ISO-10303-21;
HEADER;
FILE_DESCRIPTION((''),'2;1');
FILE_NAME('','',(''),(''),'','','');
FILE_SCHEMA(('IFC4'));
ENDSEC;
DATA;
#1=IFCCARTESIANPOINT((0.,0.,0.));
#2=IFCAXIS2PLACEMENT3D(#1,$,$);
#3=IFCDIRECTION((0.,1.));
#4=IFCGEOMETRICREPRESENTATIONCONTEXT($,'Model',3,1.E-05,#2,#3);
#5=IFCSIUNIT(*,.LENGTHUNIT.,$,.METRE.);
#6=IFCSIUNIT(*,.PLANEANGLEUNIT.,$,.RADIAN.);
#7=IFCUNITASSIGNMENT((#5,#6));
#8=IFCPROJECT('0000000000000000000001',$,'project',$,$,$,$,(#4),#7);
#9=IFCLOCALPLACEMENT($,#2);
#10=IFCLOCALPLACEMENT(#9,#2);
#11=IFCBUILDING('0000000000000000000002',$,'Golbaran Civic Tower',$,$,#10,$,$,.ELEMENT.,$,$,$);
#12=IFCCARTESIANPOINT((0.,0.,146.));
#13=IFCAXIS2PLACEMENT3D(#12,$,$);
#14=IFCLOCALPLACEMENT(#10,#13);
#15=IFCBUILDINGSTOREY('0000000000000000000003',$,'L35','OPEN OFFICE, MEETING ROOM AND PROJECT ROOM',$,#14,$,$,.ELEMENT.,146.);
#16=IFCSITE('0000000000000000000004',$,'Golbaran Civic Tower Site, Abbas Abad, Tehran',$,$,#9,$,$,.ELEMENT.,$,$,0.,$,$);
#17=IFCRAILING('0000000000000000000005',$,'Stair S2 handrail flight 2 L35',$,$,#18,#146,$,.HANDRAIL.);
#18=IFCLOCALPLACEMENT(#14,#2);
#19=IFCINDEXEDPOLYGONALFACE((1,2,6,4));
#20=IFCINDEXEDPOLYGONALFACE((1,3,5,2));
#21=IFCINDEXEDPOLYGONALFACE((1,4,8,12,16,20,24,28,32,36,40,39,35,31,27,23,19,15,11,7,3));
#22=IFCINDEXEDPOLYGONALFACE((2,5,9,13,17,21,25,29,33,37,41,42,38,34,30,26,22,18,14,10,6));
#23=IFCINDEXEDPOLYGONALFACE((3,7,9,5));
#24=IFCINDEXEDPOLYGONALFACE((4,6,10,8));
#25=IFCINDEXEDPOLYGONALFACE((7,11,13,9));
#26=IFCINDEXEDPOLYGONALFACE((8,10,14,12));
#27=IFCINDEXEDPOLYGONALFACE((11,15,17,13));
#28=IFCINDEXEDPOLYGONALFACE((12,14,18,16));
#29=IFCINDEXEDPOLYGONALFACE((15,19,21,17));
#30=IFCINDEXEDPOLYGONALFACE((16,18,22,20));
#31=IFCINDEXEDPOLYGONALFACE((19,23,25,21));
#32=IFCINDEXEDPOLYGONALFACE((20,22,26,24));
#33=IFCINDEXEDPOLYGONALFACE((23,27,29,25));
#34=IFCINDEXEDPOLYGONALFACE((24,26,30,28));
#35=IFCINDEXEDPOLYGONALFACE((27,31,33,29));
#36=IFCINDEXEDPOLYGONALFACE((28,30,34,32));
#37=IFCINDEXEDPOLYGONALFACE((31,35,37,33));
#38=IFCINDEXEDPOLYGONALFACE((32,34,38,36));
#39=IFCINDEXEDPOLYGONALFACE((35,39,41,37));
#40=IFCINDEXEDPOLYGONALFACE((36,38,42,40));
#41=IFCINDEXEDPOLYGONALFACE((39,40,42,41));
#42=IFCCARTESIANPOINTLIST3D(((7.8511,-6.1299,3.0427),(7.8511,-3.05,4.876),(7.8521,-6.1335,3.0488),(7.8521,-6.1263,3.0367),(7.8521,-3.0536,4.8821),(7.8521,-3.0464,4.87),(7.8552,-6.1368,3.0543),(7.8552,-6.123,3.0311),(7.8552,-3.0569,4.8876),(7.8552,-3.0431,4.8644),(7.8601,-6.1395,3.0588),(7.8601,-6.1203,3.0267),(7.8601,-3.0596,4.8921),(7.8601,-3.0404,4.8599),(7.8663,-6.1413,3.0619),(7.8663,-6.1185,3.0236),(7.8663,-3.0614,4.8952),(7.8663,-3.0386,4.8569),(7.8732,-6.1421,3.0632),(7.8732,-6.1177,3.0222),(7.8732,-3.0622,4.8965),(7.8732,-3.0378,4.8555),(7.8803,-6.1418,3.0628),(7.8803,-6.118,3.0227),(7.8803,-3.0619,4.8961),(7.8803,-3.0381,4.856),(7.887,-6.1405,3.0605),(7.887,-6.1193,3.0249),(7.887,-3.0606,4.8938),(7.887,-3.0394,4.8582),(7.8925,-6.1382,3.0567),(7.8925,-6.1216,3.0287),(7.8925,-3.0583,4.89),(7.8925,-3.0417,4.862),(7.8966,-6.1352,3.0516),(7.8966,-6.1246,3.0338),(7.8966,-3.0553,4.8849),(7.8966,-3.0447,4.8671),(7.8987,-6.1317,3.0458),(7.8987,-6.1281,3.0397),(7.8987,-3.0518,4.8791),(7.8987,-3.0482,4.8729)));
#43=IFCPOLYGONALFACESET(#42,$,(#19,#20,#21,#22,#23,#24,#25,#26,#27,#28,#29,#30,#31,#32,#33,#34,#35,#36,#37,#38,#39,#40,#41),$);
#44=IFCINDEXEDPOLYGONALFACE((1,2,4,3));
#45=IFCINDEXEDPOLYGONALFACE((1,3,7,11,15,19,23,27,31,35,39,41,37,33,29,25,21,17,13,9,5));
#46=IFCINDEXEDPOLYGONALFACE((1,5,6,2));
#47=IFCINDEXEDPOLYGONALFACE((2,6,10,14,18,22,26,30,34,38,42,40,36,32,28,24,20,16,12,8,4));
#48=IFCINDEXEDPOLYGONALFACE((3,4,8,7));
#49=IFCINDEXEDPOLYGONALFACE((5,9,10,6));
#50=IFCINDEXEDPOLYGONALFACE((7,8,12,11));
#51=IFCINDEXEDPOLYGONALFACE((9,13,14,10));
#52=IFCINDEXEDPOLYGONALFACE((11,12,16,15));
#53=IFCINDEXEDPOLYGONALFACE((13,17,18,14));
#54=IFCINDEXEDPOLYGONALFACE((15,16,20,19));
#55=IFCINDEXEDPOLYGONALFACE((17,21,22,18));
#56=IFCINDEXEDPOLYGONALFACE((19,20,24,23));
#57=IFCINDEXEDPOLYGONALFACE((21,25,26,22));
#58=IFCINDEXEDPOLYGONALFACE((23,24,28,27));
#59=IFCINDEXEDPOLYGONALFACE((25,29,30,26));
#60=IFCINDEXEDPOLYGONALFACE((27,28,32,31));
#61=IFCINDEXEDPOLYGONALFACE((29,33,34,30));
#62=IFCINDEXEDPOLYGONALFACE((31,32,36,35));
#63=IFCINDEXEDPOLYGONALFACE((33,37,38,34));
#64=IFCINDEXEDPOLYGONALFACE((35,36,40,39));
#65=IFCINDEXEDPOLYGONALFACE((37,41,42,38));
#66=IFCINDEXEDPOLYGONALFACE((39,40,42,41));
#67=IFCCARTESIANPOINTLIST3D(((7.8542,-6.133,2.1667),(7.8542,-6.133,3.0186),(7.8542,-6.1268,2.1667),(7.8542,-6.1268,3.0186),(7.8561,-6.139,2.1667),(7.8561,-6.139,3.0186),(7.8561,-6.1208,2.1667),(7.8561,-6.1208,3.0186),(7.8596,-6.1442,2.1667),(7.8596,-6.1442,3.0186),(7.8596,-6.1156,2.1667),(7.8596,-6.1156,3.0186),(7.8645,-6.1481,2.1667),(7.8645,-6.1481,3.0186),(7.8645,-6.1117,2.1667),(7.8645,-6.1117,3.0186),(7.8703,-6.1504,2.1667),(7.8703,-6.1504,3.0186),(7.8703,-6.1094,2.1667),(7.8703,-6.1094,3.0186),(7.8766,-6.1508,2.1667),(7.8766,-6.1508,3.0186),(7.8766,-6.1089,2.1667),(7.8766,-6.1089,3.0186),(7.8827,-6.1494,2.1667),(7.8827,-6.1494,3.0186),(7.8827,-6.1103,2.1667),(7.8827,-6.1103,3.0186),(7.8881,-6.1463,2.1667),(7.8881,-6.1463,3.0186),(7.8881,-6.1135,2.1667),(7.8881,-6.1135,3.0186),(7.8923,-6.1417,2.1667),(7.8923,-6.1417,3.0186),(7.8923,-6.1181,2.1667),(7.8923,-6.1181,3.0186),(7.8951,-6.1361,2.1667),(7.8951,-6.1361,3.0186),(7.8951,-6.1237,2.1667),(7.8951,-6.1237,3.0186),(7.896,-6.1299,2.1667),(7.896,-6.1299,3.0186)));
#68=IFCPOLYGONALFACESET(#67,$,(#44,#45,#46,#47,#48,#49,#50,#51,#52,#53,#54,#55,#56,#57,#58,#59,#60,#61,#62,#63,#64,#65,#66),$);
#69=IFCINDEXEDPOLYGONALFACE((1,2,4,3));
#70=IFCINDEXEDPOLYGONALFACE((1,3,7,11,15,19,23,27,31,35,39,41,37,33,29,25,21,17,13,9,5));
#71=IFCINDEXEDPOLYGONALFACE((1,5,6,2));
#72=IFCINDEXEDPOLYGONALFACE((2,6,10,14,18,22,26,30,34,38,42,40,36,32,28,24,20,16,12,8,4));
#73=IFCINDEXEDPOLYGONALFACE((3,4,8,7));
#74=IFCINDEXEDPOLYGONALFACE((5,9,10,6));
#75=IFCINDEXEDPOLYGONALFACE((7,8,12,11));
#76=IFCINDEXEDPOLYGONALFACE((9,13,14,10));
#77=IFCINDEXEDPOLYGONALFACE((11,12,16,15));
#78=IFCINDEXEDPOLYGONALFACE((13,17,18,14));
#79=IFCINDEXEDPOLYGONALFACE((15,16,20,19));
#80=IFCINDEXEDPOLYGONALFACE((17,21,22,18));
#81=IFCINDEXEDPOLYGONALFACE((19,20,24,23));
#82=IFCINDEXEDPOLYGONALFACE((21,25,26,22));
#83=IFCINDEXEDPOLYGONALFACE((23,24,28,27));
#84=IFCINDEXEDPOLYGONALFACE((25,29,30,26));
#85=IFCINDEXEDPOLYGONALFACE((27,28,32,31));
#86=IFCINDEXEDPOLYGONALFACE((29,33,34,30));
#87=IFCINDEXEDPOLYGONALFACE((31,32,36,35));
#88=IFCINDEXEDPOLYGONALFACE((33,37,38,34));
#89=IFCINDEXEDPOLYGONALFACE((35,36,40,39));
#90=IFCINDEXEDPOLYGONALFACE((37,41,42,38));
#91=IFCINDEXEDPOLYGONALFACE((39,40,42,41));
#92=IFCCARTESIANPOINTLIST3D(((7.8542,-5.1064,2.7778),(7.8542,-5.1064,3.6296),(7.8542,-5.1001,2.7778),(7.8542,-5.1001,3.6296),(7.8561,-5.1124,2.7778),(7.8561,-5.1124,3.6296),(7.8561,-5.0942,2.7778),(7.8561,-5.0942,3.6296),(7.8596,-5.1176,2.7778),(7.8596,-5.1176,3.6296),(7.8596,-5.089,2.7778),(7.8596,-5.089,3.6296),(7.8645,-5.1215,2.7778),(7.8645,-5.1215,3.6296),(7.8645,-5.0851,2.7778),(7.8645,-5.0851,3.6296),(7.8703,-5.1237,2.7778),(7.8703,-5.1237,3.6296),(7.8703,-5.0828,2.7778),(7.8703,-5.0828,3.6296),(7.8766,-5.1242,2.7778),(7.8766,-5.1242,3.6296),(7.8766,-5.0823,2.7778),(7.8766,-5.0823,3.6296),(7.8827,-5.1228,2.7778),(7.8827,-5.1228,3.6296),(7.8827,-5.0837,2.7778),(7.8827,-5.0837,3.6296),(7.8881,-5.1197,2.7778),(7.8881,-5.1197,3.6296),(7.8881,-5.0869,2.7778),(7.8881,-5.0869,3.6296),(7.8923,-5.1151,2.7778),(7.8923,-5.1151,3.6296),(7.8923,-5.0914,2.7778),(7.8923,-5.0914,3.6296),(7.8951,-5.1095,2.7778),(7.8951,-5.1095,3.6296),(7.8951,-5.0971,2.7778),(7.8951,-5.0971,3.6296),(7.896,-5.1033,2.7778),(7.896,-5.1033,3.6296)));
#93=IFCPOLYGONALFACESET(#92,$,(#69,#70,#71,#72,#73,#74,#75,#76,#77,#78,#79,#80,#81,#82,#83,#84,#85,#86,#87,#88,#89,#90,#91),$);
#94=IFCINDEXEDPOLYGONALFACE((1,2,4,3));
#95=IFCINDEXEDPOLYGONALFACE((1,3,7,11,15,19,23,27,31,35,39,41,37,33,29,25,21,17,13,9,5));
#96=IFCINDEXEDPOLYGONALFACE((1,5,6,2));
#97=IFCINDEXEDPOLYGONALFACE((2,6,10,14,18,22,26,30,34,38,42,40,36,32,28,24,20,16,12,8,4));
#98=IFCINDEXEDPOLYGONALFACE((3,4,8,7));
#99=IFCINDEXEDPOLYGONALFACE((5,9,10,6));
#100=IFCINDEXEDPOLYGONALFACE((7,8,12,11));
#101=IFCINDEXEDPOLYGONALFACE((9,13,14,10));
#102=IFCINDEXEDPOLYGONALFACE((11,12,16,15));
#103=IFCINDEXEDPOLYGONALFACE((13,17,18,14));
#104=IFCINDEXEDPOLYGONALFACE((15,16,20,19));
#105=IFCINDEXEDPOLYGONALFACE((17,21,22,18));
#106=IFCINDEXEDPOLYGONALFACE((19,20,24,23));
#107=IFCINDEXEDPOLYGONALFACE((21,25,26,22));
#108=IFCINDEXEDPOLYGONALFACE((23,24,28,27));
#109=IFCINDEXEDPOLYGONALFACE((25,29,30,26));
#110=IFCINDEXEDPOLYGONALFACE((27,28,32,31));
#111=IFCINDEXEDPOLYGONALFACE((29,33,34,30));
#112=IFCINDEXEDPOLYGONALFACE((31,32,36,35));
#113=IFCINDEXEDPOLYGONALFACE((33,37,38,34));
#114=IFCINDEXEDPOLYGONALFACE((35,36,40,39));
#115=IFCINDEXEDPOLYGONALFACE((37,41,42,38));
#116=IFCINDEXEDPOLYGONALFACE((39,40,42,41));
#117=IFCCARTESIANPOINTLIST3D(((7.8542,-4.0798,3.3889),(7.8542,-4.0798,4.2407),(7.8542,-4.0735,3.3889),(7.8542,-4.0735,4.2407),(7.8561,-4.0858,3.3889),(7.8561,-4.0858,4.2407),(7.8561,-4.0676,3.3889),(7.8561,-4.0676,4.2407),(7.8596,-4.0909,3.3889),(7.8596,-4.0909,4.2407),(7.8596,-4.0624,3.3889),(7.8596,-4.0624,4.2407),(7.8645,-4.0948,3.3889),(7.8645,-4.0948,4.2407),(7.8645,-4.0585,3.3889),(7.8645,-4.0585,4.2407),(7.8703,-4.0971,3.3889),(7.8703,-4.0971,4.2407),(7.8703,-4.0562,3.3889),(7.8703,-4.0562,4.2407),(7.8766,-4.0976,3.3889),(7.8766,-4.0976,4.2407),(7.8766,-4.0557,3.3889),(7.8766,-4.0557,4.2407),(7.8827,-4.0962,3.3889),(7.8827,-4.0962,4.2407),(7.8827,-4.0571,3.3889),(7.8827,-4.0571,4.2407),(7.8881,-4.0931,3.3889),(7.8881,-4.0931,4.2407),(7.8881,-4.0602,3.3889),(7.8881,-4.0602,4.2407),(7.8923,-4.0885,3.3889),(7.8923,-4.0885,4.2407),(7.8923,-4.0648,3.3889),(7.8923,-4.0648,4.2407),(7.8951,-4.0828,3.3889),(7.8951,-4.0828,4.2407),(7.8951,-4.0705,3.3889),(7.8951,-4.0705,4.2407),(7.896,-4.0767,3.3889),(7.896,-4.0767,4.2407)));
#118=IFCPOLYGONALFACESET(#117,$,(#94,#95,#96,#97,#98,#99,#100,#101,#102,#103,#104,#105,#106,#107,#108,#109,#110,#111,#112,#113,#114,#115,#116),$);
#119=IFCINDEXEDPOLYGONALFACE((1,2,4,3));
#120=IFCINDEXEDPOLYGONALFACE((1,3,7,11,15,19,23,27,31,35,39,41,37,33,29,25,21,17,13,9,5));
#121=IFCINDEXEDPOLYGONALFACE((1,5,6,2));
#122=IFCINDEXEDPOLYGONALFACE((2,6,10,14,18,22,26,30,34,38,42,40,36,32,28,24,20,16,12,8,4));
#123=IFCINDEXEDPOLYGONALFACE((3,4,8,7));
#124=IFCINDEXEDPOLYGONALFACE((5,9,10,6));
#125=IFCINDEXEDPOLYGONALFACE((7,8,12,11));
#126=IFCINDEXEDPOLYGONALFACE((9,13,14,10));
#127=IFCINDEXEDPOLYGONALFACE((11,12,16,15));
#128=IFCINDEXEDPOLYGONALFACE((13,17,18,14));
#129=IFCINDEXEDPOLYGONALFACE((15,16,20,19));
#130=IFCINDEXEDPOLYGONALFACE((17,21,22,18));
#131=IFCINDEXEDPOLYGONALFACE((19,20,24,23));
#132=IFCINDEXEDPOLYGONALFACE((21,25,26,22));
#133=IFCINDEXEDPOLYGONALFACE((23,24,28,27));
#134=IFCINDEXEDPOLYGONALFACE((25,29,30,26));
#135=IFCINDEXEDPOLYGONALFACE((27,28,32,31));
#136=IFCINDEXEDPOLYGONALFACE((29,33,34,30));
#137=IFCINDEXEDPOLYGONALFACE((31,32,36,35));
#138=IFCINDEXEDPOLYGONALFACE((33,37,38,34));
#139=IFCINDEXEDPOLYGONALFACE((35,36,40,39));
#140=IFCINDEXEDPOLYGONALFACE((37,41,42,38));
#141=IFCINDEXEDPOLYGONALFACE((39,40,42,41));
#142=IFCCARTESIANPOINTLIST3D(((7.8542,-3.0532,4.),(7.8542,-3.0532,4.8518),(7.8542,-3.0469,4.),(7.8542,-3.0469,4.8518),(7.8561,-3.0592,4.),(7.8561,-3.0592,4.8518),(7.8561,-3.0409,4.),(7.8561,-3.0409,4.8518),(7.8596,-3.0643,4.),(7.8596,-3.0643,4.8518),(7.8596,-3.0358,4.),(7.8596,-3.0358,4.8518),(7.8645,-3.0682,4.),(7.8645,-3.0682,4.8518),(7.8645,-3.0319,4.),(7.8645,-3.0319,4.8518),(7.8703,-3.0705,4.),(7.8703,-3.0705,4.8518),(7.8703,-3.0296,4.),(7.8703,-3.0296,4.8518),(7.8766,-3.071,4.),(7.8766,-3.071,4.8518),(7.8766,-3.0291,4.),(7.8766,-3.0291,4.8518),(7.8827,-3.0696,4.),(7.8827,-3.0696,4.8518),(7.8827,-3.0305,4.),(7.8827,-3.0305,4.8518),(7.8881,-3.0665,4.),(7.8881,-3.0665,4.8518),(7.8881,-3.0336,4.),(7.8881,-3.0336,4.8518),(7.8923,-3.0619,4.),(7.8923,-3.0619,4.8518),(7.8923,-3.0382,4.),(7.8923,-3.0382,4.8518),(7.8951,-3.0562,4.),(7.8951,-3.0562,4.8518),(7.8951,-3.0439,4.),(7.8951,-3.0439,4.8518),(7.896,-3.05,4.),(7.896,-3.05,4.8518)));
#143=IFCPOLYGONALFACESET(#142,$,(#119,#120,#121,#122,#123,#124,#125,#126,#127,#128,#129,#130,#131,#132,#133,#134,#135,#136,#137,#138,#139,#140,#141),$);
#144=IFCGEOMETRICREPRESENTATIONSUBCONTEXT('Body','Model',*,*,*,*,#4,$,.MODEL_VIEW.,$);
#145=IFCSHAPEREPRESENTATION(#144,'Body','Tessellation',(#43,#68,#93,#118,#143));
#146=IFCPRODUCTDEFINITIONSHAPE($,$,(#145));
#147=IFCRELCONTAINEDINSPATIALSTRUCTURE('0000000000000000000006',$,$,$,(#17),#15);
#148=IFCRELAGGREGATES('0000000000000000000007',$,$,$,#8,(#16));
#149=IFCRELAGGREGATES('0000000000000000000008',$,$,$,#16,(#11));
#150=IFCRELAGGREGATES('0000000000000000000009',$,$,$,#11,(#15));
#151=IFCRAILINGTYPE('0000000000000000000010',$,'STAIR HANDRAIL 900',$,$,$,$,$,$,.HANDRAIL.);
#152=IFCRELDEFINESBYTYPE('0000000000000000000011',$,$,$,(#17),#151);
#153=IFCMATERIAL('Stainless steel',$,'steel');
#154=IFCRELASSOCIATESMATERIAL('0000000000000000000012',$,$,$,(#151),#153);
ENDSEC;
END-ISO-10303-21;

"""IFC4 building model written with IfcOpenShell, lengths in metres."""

from ifc_helpers import new_model, si_unit, direction, frame, origin, origin_2d, place, context, subcontext, project, spatial, circle, extrude, material, type_object, element, save


model = new_model("IFC4")

# Units and contexts
model_context = context("Model", 3, precision=1e-05, world=origin(), true_north=direction((0.0, 1.0)))
body_context = subcontext(model_context, "Body", "Model", "MODEL_VIEW")
ifc_project = project(units=[si_unit("LENGTHUNIT", "METRE"), si_unit("PLANEANGLEUNIT", "RADIAN")], contexts=[model_context])

# Site, building, storey
site_placement = place(None, origin())
site = spatial("IfcSite", under=ifc_project, at=site_placement, Name="Golbaran Civic Tower Site, Abbas Abad, Tehran", CompositionType="ELEMENT", RefElevation=0.0)
building_placement = place(site_placement, origin())
building = spatial("IfcBuilding", under=site, at=building_placement, Name="Golbaran Civic Tower", CompositionType="ELEMENT")
storey_placement = place(building_placement, frame((0.0, 0.0, 146.0)))
storey = spatial("IfcBuildingStorey", under=building, at=storey_placement, Name="L35", Description="OPEN OFFICE, MEETING ROOM AND PROJECT ROOM", CompositionType="ELEMENT", Elevation=146.0)

# Shared definitions
ifc_material_1 = material(Name="Stainless steel", Category="steel")

# Railing
railing_type = type_object("IfcRailingType", Name="STAIR HANDRAIL 900", PredefinedType="HANDRAIL", material=ifc_material_1)
railing_placement = place(storey_placement, frame((7.875, -6.1299, 2.1667)))
element("IfcRailing", 1, at=railing_placement, inside=storey, type_object=railing_type, Name="Stair S2 handrail flight 2 L35", PredefinedType="HANDRAIL", context=body_context, shape_type="SweptSolid", body=[
    extrude(circle(Radius=0.0239, at=origin_2d()), frame((0.0, 0.0, 0.876), z_axis=(0.0, 0.859291, 0.511487), x_axis=(-1.0, 0.0, 0.0)), (0.0, 0.0, 1.0), 3.5842),
    extrude(circle(Radius=0.021, at=origin_2d()), origin(), (0.0, 0.0, 1.0), 0.8518),
    extrude(circle(Radius=0.021, at=origin_2d()), frame((0.0, 1.0266, 0.6111)), (0.0, 0.0, 1.0), 0.8518),
    extrude(circle(Radius=0.021, at=origin_2d()), frame((0.0, 2.0532, 1.2222)), (0.0, 0.0, 1.0), 0.8518),
    extrude(circle(Radius=0.021, at=origin_2d()), frame((0.0, 3.0798, 1.8333)), (0.0, 0.0, 1.0), 0.8518),
])

save(model, "model.ifc")
